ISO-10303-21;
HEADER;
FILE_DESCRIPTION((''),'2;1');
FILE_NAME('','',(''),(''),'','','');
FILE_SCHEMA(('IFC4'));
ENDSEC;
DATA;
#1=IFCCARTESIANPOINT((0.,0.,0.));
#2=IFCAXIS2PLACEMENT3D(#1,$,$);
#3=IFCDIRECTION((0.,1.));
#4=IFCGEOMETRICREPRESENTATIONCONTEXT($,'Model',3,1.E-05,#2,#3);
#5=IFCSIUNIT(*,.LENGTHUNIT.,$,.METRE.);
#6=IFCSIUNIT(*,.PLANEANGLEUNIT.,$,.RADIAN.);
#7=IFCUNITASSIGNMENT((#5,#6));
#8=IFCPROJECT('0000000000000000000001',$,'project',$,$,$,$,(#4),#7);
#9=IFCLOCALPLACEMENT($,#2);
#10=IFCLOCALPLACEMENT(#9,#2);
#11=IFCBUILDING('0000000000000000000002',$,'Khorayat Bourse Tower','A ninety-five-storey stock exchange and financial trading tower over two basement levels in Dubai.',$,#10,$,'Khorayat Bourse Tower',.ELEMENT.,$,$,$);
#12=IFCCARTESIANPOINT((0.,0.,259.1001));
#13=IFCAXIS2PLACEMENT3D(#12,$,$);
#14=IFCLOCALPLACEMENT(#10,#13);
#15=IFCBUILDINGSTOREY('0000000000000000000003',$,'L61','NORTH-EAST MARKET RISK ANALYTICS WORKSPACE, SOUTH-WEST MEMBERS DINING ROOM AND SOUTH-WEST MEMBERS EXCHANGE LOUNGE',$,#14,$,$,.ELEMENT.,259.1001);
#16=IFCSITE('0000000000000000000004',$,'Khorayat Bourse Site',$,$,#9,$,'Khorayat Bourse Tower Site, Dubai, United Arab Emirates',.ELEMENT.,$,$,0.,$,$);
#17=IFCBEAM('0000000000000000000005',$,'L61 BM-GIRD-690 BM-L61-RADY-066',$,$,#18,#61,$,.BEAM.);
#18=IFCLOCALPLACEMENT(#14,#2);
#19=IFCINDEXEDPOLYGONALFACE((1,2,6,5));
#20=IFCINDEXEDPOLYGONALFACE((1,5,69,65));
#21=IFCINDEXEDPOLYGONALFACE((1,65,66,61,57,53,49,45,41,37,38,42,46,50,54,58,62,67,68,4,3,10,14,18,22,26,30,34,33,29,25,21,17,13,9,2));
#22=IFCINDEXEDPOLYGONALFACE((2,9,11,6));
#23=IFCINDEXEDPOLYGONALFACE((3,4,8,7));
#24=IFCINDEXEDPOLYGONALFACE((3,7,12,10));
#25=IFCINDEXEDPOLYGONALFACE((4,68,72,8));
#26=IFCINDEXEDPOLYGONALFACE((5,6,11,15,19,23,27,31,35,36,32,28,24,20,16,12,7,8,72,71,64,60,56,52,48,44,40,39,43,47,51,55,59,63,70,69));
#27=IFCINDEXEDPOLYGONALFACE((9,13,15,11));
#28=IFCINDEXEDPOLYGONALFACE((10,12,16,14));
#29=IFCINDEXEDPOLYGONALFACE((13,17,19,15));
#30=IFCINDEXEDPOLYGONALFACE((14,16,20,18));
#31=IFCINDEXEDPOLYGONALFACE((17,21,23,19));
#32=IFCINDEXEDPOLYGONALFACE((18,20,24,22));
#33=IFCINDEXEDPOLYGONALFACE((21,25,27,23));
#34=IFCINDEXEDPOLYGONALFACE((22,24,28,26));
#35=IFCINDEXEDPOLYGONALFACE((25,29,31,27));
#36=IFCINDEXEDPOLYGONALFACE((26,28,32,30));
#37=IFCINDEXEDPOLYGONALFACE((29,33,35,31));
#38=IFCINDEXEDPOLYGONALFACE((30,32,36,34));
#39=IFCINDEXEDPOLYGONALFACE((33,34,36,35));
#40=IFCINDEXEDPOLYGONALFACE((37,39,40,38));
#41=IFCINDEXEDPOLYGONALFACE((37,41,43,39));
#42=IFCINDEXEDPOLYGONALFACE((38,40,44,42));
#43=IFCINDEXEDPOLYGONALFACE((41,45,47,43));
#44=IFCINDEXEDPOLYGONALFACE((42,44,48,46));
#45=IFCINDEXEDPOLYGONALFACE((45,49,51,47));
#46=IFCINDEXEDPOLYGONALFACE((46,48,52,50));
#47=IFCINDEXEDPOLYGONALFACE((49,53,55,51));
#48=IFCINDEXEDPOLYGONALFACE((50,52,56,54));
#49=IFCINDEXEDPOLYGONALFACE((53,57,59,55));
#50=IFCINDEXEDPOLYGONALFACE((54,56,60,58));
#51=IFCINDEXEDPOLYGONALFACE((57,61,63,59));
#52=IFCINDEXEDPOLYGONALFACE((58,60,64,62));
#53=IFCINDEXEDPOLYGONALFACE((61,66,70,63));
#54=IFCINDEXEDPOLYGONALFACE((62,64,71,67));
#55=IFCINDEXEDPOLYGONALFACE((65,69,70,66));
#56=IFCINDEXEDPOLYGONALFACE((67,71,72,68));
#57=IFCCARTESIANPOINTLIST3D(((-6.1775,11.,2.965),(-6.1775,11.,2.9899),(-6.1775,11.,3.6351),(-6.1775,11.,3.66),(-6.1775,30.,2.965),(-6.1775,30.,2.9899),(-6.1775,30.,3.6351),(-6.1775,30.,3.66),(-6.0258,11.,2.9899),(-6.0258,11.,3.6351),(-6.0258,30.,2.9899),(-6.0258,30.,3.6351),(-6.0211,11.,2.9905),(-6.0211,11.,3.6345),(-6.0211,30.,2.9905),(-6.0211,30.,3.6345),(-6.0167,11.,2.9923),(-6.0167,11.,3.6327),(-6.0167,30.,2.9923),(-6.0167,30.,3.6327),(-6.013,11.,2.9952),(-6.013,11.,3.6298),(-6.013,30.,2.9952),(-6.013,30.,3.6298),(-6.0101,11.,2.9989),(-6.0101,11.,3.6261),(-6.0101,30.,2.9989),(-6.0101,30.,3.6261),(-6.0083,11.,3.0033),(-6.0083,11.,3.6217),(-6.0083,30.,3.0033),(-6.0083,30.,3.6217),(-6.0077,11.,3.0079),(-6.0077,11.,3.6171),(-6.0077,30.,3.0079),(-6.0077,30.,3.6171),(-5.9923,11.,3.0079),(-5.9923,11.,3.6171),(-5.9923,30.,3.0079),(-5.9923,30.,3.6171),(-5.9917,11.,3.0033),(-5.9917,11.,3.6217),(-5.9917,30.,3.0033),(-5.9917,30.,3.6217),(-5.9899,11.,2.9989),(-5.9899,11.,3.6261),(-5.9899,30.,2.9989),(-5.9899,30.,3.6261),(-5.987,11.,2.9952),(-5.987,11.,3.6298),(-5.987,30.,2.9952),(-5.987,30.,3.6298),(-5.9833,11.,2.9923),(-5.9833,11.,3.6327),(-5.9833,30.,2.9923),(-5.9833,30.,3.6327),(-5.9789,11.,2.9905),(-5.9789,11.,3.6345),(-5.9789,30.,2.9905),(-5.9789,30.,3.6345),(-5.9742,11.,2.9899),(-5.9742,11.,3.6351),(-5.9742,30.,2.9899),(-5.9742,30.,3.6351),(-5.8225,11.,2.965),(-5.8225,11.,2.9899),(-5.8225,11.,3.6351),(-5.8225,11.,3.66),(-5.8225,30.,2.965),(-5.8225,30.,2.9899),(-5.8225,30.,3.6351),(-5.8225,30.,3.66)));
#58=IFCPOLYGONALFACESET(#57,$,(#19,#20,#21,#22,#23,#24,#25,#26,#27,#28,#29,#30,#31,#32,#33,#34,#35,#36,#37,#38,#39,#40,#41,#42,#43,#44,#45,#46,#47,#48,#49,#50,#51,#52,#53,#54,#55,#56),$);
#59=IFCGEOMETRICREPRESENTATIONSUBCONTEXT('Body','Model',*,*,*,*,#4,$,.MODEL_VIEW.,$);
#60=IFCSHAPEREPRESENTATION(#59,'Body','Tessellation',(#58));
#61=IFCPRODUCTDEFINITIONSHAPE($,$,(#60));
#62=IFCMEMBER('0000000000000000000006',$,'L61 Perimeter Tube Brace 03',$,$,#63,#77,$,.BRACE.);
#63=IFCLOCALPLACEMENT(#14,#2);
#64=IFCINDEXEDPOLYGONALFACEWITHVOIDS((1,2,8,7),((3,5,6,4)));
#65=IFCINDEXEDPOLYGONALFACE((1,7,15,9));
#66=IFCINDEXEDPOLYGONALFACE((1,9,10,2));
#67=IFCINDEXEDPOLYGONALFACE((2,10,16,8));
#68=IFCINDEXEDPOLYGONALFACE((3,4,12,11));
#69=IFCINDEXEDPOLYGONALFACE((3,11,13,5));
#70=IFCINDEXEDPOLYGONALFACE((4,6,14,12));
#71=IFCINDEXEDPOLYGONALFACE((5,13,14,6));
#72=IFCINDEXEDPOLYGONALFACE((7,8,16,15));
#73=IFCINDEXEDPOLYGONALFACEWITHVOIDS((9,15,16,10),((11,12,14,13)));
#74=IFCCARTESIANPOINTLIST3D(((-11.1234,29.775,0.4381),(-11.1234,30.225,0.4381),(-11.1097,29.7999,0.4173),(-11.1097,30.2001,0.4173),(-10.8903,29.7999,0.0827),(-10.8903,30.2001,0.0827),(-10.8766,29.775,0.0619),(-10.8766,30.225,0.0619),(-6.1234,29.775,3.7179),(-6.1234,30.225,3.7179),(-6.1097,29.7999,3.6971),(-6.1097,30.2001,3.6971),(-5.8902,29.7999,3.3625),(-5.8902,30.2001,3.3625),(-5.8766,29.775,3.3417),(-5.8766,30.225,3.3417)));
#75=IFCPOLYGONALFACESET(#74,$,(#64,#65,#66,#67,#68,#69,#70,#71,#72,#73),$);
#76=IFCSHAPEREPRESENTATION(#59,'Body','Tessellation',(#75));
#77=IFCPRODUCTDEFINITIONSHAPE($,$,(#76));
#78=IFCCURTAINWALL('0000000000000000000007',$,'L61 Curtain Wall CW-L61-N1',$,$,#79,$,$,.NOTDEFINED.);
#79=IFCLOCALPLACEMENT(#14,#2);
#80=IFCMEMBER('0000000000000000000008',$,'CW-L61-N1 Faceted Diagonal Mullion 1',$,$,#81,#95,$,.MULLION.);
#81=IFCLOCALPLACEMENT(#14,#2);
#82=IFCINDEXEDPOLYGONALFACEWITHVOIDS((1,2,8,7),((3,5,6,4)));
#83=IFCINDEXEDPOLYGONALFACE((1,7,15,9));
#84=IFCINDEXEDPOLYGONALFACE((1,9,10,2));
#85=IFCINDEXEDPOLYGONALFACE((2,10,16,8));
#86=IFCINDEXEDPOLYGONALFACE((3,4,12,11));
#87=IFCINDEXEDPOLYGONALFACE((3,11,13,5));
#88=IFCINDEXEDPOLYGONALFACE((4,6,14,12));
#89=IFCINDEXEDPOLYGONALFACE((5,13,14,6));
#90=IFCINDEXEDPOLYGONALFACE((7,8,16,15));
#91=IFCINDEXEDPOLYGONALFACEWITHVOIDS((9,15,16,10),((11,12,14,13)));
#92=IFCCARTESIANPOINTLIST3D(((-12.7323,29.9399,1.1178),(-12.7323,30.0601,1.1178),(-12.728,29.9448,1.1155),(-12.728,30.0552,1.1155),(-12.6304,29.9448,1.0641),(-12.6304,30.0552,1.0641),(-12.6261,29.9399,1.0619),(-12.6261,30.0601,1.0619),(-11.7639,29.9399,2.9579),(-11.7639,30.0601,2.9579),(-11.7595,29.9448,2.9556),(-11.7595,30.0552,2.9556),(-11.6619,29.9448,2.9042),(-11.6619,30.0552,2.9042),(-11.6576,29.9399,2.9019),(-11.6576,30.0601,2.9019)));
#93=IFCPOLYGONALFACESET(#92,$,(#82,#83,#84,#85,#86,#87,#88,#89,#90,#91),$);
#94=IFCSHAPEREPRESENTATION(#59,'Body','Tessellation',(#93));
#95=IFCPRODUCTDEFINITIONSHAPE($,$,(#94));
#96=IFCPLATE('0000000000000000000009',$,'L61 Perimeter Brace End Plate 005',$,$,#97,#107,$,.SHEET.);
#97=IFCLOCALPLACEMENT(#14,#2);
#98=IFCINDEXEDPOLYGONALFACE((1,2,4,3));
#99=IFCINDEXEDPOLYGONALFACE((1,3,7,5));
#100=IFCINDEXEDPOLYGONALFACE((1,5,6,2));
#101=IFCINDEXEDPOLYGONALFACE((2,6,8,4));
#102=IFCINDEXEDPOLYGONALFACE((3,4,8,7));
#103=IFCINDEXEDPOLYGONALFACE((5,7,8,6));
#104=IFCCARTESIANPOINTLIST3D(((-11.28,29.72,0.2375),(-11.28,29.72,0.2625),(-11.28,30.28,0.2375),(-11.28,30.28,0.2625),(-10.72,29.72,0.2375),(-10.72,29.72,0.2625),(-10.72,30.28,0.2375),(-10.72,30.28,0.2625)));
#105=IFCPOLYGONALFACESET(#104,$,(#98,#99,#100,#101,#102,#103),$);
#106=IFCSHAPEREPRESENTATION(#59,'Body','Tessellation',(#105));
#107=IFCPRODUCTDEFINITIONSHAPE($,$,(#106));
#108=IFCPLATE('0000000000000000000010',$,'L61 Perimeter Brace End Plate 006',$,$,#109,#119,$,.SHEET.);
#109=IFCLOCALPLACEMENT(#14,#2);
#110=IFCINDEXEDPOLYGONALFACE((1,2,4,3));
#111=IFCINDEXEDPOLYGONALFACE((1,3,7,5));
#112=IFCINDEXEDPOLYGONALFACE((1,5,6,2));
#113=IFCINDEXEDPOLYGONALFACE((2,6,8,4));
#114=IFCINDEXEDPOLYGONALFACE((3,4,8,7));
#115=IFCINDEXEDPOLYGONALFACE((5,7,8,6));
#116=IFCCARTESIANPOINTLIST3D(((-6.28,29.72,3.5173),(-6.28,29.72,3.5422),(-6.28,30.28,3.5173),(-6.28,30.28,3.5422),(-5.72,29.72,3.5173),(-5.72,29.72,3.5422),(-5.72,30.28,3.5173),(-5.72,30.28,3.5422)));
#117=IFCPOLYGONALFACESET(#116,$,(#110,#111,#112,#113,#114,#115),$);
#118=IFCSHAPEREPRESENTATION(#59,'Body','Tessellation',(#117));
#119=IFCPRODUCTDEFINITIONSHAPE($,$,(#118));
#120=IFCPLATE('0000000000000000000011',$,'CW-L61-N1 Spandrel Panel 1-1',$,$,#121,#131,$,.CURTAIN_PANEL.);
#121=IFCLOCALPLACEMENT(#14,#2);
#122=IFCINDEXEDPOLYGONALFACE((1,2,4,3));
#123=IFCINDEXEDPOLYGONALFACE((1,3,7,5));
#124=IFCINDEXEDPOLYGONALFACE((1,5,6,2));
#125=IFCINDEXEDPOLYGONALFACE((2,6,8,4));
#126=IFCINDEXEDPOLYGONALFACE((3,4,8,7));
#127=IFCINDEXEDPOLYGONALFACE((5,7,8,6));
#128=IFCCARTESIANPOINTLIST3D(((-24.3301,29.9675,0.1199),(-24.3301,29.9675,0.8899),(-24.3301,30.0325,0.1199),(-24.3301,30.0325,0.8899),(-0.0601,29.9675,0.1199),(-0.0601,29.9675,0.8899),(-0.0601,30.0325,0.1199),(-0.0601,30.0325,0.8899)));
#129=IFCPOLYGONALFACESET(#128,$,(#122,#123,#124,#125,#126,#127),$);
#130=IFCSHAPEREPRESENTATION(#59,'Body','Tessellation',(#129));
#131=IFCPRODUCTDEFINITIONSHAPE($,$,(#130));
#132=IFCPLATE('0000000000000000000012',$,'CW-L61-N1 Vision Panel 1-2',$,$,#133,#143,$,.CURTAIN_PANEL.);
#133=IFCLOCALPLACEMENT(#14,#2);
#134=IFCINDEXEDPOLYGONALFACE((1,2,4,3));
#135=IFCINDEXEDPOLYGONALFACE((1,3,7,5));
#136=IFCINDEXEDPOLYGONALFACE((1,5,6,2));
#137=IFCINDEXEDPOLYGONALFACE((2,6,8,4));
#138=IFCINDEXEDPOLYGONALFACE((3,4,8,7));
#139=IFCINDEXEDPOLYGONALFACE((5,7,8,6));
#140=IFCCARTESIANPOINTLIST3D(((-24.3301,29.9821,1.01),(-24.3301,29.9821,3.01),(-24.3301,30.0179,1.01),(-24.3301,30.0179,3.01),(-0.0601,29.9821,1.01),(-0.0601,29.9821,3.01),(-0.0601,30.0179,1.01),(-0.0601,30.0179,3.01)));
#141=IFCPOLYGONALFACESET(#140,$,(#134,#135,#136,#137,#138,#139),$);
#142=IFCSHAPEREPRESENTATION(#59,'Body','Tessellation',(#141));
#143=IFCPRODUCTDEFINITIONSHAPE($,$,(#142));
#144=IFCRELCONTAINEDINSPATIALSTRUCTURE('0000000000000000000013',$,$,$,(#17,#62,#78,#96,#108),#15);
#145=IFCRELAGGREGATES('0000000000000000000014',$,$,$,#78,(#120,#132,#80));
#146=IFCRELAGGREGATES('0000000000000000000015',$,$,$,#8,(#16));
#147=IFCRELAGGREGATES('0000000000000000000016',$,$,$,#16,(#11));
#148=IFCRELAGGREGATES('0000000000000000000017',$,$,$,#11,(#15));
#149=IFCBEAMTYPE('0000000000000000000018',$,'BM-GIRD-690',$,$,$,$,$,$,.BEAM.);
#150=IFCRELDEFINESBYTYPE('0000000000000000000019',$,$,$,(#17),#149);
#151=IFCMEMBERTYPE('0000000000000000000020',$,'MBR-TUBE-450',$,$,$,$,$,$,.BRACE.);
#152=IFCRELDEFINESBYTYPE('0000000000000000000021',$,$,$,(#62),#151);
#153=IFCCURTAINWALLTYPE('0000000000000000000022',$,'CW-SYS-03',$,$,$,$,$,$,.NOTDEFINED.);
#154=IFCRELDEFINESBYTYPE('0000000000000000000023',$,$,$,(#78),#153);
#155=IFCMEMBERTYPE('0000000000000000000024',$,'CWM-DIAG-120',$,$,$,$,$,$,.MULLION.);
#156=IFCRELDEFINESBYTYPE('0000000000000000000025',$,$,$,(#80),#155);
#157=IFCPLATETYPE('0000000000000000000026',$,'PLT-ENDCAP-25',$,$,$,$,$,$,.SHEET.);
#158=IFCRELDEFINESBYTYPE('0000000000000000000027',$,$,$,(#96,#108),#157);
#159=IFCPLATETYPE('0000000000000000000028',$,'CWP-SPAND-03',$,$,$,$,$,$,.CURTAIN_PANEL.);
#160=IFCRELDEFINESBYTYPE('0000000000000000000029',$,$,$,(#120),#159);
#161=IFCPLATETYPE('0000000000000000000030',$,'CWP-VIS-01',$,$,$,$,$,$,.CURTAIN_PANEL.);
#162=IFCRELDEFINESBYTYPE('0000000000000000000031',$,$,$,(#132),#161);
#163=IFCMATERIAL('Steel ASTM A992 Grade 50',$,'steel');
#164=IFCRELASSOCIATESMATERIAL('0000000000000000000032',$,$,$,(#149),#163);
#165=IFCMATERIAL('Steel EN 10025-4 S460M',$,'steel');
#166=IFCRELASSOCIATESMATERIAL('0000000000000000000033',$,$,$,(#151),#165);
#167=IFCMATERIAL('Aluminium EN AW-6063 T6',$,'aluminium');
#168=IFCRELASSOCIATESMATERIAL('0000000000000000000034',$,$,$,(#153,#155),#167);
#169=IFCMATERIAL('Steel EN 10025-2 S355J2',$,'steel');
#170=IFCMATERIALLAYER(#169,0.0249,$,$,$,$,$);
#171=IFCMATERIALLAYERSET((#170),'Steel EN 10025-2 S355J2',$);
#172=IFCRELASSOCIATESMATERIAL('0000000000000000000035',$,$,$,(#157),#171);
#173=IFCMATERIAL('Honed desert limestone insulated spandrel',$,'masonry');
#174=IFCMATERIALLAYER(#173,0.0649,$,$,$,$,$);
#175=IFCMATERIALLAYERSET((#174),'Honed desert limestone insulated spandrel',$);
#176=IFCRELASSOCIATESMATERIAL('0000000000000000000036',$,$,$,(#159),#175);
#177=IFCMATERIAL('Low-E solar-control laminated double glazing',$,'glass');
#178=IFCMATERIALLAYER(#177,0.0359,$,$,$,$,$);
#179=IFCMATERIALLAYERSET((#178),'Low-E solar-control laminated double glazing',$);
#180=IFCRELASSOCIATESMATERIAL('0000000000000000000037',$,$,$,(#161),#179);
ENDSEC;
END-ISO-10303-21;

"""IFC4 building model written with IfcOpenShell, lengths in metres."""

from ifc_helpers import new_model, si_unit, direction, frame, origin, origin_2d, place, context, subcontext, project, spatial, rectangle, hollow_rectangle, i_section, extrude, source, transform, mapped, material, layer, layer_set, material_profile, profile_set, type_object, element, aggregate, save


model = new_model("IFC4")

# Units and contexts
model_context = context("Model", 3, precision=1e-05, world=origin(), true_north=direction((0.0, 1.0)))
body_context = subcontext(model_context, "Body", "Model", "MODEL_VIEW")
ifc_project = project(units=[si_unit("LENGTHUNIT", "METRE"), si_unit("PLANEANGLEUNIT", "RADIAN")], contexts=[model_context])

# Site, building, storey
site_placement = place(None, origin())
site = spatial("IfcSite", under=ifc_project, at=site_placement, Name="Khorayat Bourse Site", LongName="Khorayat Bourse Tower Site, Dubai, United Arab Emirates", CompositionType="ELEMENT", RefElevation=0.0)
building_placement = place(site_placement, origin())
building = spatial("IfcBuilding", under=site, at=building_placement, Name="Khorayat Bourse Tower", Description="A ninety-five-storey stock exchange and financial trading tower over two basement levels in Dubai.", LongName="Khorayat Bourse Tower", CompositionType="ELEMENT")
storey_placement = place(building_placement, frame((0.0, 0.0, 259.1001)))
storey = spatial("IfcBuildingStorey", under=building, at=storey_placement, Name="L61", Description="NORTH-EAST MARKET RISK ANALYTICS WORKSPACE, SOUTH-WEST MEMBERS DINING ROOM AND SOUTH-WEST MEMBERS EXCHANGE LOUNGE", CompositionType="ELEMENT", Elevation=259.1001)

# Shared definitions
ifc_material_1 = material(Name="Steel EN 10025-4 S460M", Category="steel")

# Beam
ifc_material_2 = material(Name="Steel ASTM A992 Grade 50", Category="steel")
ifc_material_profile_1 = material_profile(ifc_material_2, i_section(OverallWidth=0.355, OverallDepth=0.6951, WebThickness=0.0154, FlangeThickness=0.0249, FilletRadius=0.0181, at=origin_2d()), Name="W690X217")
ifc_profile_set_1 = profile_set([ifc_material_profile_1], Name="Steel ASTM A992 Grade 50")
beam_type_1 = type_object("IfcBeamType", Name="BM-GIRD-690", PredefinedType="BEAM", material=ifc_profile_set_1)
shared_shape_1 = source(origin(), body_context, "Body", "SweptSolid", [
    extrude(i_section(OverallWidth=0.355, OverallDepth=0.6951, WebThickness=0.0154, FlangeThickness=0.0249, FilletRadius=0.0181, at=origin_2d()), origin(), (0.0, 0.0, 1.0), 19.0),
])
for number, where, z_axis, x_axis, name in (
    (1, (-6.0, 11.0, 3.3125), (0.0, 1.0, 0.0), (-1.0, 0.0, 0.0), "L61 BM-GIRD-690 BM-L61-RADY-066"),
):
    element("IfcBeam", number, at=place(storey_placement, frame(where, z_axis=z_axis, x_axis=x_axis)), inside=storey, type_object=beam_type_1, Name=name, PredefinedType="BEAM", context=body_context, shape_type="MappedRepresentation", body=[
        mapped(shared_shape_1, transform((0.0, 0.0, 0.0), scale=1.0)),
    ])

# Member
ifc_material_profile_2 = material_profile(ifc_material_1, hollow_rectangle(XDim=0.45, YDim=0.45, WallThickness=0.0249, at=origin_2d()), Name="HSS 450x450x25")
ifc_profile_set_2 = profile_set([ifc_material_profile_2], Name="Steel EN 10025-4 S460M")
member_type_1 = type_object("IfcMemberType", Name="MBR-TUBE-450", PredefinedType="BRACE", material=ifc_profile_set_2)
shared_shape_2 = source(origin(), body_context, "Body", "SweptSolid", [
    extrude(hollow_rectangle(XDim=0.45, YDim=0.45, WallThickness=0.0249, at=origin_2d()), origin(), (0.0, 0.0, 1.0), 5.9797),
])
member_1_placement = place(storey_placement, frame((-11.0, 30.0, 0.25), z_axis=(0.83616, 0.0, 0.548485), x_axis=(0.0, 1.0, 0.0)))
element("IfcMember", 2, at=member_1_placement, inside=storey, type_object=member_type_1, Name="L61 Perimeter Tube Brace 03", PredefinedType="BRACE", context=body_context, shape_type="MappedRepresentation", body=[
    mapped(shared_shape_2, transform((0.0, 0.0, 0.0), scale=1.0)),
])

# Curtain wall, member
ifc_material_3 = material(Name="Aluminium EN AW-6063 T6", Category="aluminium")
curtain_wall_type = type_object("IfcCurtainWallType", Name="CW-SYS-03", PredefinedType="NOTDEFINED", material=ifc_material_3)
curtain_wall_placement = place(storey_placement, origin())
curtain_wall = element("IfcCurtainWall", 3, at=curtain_wall_placement, inside=storey, type_object=curtain_wall_type, Name="L61 Curtain Wall CW-L61-N1", PredefinedType="NOTDEFINED")
ifc_material_profile_3 = material_profile(ifc_material_3, hollow_rectangle(XDim=0.1201, YDim=0.1201, WallThickness=0.0049, at=origin_2d()), Name="ALU 120x120x5")
ifc_profile_set_3 = profile_set([ifc_material_profile_3], Name="Aluminium EN AW-6063 T6")
member_type_2 = type_object("IfcMemberType", Name="CWM-DIAG-120", PredefinedType="MULLION", material=ifc_profile_set_3)
shared_shape_3 = source(origin(), body_context, "Body", "SweptSolid", [
    extrude(hollow_rectangle(XDim=0.1201, YDim=0.1201, WallThickness=0.0049, at=origin_2d()), origin(), (0.0, 0.0, 1.0), 2.0793),
])
member_2_placement = place(storey_placement, frame((-12.6792, 30.0, 1.0898), z_axis=(0.465761, 0.0, 0.884911), x_axis=(0.0, 1.0, 0.0)))
member_2 = element("IfcMember", 4, at=member_2_placement, type_object=member_type_2, Name="CW-L61-N1 Faceted Diagonal Mullion 1", PredefinedType="MULLION", context=body_context, shape_type="MappedRepresentation", body=[
    mapped(shared_shape_3, transform((0.0, 0.0, 0.0), scale=1.0)),
])

# Plates
ifc_material_4 = material(Name="Steel EN 10025-2 S355J2", Category="steel")
ifc_layer_1 = layer(ifc_material_4, 0.0249)
ifc_layer_set_1 = layer_set([ifc_layer_1], Name="Steel EN 10025-2 S355J2")
plate_type_1 = type_object("IfcPlateType", Name="PLT-ENDCAP-25", PredefinedType="SHEET", material=ifc_layer_set_1)
shared_shape_4 = source(origin(), body_context, "Body", "SweptSolid", [
    extrude(rectangle(XDim=0.5601, YDim=0.5601, at=origin_2d()), origin(), (0.0, 0.0, 1.0), 0.0249),
])
for number, where, z_axis, x_axis, name in (
    (5, (-11.0, 30.0, 0.2375), (0.0, 0.0, 1.0), (1.0, 0.0, 0.0), "L61 Perimeter Brace End Plate 005"),
    (6, (-6.0, 30.0, 3.5173), (0.0, 0.0, 1.0), (1.0, 0.0, 0.0), "L61 Perimeter Brace End Plate 006"),
):
    element("IfcPlate", number, at=place(storey_placement, frame(where, z_axis=z_axis, x_axis=x_axis)), inside=storey, type_object=plate_type_1, Name=name, PredefinedType="SHEET", context=body_context, shape_type="MappedRepresentation", body=[
        mapped(shared_shape_4, transform((0.0, 0.0, 0.0), scale=1.0)),
    ])

# Plates
ifc_material_5 = material(Name="Honed desert limestone insulated spandrel", Category="masonry")
ifc_layer_2 = layer(ifc_material_5, 0.0649)
ifc_layer_set_2 = layer_set([ifc_layer_2], Name="Honed desert limestone insulated spandrel")
plate_type_2 = type_object("IfcPlateType", Name="CWP-SPAND-03", PredefinedType="CURTAIN_PANEL", material=ifc_layer_set_2)
shared_shape_5 = source(origin(), body_context, "Body", "SweptSolid", [
    extrude(rectangle(XDim=24.27, YDim=0.0649, at=origin_2d()), origin(), (0.0, 0.0, 1.0), 0.77),
])
plate_1_placement = place(storey_placement, frame((-12.1951, 30.0, 0.1199), z_axis=(0.0, 0.0, 1.0), x_axis=(1.0, 0.0, 0.0)))
plate_1 = element("IfcPlate", 7, at=plate_1_placement, type_object=plate_type_2, Name="CW-L61-N1 Spandrel Panel 1-1", PredefinedType="CURTAIN_PANEL", context=body_context, shape_type="MappedRepresentation", body=[
    mapped(shared_shape_5, transform((0.0, 0.0, 0.0), scale=1.0)),
])
ifc_material_6 = material(Name="Low-E solar-control laminated double glazing", Category="glass")
ifc_layer_3 = layer(ifc_material_6, 0.0359)
ifc_layer_set_3 = layer_set([ifc_layer_3], Name="Low-E solar-control laminated double glazing")
plate_type_3 = type_object("IfcPlateType", Name="CWP-VIS-01", PredefinedType="CURTAIN_PANEL", material=ifc_layer_set_3)
shared_shape_6 = source(origin(), body_context, "Body", "SweptSolid", [
    extrude(rectangle(XDim=24.27, YDim=0.0359, at=origin_2d()), origin(), (0.0, 0.0, 1.0), 2.0),
])
plate_2_placement = place(storey_placement, frame((-12.1951, 30.0, 1.01), z_axis=(0.0, 0.0, 1.0), x_axis=(1.0, 0.0, 0.0)))
plate_2 = element("IfcPlate", 8, at=plate_2_placement, type_object=plate_type_3, Name="CW-L61-N1 Vision Panel 1-2", PredefinedType="CURTAIN_PANEL", context=body_context, shape_type="MappedRepresentation", body=[
    mapped(shared_shape_6, transform((0.0, 0.0, 0.0), scale=1.0)),
])
aggregate(curtain_wall, [plate_1, plate_2, member_2])

save(model, "model.ifc")
